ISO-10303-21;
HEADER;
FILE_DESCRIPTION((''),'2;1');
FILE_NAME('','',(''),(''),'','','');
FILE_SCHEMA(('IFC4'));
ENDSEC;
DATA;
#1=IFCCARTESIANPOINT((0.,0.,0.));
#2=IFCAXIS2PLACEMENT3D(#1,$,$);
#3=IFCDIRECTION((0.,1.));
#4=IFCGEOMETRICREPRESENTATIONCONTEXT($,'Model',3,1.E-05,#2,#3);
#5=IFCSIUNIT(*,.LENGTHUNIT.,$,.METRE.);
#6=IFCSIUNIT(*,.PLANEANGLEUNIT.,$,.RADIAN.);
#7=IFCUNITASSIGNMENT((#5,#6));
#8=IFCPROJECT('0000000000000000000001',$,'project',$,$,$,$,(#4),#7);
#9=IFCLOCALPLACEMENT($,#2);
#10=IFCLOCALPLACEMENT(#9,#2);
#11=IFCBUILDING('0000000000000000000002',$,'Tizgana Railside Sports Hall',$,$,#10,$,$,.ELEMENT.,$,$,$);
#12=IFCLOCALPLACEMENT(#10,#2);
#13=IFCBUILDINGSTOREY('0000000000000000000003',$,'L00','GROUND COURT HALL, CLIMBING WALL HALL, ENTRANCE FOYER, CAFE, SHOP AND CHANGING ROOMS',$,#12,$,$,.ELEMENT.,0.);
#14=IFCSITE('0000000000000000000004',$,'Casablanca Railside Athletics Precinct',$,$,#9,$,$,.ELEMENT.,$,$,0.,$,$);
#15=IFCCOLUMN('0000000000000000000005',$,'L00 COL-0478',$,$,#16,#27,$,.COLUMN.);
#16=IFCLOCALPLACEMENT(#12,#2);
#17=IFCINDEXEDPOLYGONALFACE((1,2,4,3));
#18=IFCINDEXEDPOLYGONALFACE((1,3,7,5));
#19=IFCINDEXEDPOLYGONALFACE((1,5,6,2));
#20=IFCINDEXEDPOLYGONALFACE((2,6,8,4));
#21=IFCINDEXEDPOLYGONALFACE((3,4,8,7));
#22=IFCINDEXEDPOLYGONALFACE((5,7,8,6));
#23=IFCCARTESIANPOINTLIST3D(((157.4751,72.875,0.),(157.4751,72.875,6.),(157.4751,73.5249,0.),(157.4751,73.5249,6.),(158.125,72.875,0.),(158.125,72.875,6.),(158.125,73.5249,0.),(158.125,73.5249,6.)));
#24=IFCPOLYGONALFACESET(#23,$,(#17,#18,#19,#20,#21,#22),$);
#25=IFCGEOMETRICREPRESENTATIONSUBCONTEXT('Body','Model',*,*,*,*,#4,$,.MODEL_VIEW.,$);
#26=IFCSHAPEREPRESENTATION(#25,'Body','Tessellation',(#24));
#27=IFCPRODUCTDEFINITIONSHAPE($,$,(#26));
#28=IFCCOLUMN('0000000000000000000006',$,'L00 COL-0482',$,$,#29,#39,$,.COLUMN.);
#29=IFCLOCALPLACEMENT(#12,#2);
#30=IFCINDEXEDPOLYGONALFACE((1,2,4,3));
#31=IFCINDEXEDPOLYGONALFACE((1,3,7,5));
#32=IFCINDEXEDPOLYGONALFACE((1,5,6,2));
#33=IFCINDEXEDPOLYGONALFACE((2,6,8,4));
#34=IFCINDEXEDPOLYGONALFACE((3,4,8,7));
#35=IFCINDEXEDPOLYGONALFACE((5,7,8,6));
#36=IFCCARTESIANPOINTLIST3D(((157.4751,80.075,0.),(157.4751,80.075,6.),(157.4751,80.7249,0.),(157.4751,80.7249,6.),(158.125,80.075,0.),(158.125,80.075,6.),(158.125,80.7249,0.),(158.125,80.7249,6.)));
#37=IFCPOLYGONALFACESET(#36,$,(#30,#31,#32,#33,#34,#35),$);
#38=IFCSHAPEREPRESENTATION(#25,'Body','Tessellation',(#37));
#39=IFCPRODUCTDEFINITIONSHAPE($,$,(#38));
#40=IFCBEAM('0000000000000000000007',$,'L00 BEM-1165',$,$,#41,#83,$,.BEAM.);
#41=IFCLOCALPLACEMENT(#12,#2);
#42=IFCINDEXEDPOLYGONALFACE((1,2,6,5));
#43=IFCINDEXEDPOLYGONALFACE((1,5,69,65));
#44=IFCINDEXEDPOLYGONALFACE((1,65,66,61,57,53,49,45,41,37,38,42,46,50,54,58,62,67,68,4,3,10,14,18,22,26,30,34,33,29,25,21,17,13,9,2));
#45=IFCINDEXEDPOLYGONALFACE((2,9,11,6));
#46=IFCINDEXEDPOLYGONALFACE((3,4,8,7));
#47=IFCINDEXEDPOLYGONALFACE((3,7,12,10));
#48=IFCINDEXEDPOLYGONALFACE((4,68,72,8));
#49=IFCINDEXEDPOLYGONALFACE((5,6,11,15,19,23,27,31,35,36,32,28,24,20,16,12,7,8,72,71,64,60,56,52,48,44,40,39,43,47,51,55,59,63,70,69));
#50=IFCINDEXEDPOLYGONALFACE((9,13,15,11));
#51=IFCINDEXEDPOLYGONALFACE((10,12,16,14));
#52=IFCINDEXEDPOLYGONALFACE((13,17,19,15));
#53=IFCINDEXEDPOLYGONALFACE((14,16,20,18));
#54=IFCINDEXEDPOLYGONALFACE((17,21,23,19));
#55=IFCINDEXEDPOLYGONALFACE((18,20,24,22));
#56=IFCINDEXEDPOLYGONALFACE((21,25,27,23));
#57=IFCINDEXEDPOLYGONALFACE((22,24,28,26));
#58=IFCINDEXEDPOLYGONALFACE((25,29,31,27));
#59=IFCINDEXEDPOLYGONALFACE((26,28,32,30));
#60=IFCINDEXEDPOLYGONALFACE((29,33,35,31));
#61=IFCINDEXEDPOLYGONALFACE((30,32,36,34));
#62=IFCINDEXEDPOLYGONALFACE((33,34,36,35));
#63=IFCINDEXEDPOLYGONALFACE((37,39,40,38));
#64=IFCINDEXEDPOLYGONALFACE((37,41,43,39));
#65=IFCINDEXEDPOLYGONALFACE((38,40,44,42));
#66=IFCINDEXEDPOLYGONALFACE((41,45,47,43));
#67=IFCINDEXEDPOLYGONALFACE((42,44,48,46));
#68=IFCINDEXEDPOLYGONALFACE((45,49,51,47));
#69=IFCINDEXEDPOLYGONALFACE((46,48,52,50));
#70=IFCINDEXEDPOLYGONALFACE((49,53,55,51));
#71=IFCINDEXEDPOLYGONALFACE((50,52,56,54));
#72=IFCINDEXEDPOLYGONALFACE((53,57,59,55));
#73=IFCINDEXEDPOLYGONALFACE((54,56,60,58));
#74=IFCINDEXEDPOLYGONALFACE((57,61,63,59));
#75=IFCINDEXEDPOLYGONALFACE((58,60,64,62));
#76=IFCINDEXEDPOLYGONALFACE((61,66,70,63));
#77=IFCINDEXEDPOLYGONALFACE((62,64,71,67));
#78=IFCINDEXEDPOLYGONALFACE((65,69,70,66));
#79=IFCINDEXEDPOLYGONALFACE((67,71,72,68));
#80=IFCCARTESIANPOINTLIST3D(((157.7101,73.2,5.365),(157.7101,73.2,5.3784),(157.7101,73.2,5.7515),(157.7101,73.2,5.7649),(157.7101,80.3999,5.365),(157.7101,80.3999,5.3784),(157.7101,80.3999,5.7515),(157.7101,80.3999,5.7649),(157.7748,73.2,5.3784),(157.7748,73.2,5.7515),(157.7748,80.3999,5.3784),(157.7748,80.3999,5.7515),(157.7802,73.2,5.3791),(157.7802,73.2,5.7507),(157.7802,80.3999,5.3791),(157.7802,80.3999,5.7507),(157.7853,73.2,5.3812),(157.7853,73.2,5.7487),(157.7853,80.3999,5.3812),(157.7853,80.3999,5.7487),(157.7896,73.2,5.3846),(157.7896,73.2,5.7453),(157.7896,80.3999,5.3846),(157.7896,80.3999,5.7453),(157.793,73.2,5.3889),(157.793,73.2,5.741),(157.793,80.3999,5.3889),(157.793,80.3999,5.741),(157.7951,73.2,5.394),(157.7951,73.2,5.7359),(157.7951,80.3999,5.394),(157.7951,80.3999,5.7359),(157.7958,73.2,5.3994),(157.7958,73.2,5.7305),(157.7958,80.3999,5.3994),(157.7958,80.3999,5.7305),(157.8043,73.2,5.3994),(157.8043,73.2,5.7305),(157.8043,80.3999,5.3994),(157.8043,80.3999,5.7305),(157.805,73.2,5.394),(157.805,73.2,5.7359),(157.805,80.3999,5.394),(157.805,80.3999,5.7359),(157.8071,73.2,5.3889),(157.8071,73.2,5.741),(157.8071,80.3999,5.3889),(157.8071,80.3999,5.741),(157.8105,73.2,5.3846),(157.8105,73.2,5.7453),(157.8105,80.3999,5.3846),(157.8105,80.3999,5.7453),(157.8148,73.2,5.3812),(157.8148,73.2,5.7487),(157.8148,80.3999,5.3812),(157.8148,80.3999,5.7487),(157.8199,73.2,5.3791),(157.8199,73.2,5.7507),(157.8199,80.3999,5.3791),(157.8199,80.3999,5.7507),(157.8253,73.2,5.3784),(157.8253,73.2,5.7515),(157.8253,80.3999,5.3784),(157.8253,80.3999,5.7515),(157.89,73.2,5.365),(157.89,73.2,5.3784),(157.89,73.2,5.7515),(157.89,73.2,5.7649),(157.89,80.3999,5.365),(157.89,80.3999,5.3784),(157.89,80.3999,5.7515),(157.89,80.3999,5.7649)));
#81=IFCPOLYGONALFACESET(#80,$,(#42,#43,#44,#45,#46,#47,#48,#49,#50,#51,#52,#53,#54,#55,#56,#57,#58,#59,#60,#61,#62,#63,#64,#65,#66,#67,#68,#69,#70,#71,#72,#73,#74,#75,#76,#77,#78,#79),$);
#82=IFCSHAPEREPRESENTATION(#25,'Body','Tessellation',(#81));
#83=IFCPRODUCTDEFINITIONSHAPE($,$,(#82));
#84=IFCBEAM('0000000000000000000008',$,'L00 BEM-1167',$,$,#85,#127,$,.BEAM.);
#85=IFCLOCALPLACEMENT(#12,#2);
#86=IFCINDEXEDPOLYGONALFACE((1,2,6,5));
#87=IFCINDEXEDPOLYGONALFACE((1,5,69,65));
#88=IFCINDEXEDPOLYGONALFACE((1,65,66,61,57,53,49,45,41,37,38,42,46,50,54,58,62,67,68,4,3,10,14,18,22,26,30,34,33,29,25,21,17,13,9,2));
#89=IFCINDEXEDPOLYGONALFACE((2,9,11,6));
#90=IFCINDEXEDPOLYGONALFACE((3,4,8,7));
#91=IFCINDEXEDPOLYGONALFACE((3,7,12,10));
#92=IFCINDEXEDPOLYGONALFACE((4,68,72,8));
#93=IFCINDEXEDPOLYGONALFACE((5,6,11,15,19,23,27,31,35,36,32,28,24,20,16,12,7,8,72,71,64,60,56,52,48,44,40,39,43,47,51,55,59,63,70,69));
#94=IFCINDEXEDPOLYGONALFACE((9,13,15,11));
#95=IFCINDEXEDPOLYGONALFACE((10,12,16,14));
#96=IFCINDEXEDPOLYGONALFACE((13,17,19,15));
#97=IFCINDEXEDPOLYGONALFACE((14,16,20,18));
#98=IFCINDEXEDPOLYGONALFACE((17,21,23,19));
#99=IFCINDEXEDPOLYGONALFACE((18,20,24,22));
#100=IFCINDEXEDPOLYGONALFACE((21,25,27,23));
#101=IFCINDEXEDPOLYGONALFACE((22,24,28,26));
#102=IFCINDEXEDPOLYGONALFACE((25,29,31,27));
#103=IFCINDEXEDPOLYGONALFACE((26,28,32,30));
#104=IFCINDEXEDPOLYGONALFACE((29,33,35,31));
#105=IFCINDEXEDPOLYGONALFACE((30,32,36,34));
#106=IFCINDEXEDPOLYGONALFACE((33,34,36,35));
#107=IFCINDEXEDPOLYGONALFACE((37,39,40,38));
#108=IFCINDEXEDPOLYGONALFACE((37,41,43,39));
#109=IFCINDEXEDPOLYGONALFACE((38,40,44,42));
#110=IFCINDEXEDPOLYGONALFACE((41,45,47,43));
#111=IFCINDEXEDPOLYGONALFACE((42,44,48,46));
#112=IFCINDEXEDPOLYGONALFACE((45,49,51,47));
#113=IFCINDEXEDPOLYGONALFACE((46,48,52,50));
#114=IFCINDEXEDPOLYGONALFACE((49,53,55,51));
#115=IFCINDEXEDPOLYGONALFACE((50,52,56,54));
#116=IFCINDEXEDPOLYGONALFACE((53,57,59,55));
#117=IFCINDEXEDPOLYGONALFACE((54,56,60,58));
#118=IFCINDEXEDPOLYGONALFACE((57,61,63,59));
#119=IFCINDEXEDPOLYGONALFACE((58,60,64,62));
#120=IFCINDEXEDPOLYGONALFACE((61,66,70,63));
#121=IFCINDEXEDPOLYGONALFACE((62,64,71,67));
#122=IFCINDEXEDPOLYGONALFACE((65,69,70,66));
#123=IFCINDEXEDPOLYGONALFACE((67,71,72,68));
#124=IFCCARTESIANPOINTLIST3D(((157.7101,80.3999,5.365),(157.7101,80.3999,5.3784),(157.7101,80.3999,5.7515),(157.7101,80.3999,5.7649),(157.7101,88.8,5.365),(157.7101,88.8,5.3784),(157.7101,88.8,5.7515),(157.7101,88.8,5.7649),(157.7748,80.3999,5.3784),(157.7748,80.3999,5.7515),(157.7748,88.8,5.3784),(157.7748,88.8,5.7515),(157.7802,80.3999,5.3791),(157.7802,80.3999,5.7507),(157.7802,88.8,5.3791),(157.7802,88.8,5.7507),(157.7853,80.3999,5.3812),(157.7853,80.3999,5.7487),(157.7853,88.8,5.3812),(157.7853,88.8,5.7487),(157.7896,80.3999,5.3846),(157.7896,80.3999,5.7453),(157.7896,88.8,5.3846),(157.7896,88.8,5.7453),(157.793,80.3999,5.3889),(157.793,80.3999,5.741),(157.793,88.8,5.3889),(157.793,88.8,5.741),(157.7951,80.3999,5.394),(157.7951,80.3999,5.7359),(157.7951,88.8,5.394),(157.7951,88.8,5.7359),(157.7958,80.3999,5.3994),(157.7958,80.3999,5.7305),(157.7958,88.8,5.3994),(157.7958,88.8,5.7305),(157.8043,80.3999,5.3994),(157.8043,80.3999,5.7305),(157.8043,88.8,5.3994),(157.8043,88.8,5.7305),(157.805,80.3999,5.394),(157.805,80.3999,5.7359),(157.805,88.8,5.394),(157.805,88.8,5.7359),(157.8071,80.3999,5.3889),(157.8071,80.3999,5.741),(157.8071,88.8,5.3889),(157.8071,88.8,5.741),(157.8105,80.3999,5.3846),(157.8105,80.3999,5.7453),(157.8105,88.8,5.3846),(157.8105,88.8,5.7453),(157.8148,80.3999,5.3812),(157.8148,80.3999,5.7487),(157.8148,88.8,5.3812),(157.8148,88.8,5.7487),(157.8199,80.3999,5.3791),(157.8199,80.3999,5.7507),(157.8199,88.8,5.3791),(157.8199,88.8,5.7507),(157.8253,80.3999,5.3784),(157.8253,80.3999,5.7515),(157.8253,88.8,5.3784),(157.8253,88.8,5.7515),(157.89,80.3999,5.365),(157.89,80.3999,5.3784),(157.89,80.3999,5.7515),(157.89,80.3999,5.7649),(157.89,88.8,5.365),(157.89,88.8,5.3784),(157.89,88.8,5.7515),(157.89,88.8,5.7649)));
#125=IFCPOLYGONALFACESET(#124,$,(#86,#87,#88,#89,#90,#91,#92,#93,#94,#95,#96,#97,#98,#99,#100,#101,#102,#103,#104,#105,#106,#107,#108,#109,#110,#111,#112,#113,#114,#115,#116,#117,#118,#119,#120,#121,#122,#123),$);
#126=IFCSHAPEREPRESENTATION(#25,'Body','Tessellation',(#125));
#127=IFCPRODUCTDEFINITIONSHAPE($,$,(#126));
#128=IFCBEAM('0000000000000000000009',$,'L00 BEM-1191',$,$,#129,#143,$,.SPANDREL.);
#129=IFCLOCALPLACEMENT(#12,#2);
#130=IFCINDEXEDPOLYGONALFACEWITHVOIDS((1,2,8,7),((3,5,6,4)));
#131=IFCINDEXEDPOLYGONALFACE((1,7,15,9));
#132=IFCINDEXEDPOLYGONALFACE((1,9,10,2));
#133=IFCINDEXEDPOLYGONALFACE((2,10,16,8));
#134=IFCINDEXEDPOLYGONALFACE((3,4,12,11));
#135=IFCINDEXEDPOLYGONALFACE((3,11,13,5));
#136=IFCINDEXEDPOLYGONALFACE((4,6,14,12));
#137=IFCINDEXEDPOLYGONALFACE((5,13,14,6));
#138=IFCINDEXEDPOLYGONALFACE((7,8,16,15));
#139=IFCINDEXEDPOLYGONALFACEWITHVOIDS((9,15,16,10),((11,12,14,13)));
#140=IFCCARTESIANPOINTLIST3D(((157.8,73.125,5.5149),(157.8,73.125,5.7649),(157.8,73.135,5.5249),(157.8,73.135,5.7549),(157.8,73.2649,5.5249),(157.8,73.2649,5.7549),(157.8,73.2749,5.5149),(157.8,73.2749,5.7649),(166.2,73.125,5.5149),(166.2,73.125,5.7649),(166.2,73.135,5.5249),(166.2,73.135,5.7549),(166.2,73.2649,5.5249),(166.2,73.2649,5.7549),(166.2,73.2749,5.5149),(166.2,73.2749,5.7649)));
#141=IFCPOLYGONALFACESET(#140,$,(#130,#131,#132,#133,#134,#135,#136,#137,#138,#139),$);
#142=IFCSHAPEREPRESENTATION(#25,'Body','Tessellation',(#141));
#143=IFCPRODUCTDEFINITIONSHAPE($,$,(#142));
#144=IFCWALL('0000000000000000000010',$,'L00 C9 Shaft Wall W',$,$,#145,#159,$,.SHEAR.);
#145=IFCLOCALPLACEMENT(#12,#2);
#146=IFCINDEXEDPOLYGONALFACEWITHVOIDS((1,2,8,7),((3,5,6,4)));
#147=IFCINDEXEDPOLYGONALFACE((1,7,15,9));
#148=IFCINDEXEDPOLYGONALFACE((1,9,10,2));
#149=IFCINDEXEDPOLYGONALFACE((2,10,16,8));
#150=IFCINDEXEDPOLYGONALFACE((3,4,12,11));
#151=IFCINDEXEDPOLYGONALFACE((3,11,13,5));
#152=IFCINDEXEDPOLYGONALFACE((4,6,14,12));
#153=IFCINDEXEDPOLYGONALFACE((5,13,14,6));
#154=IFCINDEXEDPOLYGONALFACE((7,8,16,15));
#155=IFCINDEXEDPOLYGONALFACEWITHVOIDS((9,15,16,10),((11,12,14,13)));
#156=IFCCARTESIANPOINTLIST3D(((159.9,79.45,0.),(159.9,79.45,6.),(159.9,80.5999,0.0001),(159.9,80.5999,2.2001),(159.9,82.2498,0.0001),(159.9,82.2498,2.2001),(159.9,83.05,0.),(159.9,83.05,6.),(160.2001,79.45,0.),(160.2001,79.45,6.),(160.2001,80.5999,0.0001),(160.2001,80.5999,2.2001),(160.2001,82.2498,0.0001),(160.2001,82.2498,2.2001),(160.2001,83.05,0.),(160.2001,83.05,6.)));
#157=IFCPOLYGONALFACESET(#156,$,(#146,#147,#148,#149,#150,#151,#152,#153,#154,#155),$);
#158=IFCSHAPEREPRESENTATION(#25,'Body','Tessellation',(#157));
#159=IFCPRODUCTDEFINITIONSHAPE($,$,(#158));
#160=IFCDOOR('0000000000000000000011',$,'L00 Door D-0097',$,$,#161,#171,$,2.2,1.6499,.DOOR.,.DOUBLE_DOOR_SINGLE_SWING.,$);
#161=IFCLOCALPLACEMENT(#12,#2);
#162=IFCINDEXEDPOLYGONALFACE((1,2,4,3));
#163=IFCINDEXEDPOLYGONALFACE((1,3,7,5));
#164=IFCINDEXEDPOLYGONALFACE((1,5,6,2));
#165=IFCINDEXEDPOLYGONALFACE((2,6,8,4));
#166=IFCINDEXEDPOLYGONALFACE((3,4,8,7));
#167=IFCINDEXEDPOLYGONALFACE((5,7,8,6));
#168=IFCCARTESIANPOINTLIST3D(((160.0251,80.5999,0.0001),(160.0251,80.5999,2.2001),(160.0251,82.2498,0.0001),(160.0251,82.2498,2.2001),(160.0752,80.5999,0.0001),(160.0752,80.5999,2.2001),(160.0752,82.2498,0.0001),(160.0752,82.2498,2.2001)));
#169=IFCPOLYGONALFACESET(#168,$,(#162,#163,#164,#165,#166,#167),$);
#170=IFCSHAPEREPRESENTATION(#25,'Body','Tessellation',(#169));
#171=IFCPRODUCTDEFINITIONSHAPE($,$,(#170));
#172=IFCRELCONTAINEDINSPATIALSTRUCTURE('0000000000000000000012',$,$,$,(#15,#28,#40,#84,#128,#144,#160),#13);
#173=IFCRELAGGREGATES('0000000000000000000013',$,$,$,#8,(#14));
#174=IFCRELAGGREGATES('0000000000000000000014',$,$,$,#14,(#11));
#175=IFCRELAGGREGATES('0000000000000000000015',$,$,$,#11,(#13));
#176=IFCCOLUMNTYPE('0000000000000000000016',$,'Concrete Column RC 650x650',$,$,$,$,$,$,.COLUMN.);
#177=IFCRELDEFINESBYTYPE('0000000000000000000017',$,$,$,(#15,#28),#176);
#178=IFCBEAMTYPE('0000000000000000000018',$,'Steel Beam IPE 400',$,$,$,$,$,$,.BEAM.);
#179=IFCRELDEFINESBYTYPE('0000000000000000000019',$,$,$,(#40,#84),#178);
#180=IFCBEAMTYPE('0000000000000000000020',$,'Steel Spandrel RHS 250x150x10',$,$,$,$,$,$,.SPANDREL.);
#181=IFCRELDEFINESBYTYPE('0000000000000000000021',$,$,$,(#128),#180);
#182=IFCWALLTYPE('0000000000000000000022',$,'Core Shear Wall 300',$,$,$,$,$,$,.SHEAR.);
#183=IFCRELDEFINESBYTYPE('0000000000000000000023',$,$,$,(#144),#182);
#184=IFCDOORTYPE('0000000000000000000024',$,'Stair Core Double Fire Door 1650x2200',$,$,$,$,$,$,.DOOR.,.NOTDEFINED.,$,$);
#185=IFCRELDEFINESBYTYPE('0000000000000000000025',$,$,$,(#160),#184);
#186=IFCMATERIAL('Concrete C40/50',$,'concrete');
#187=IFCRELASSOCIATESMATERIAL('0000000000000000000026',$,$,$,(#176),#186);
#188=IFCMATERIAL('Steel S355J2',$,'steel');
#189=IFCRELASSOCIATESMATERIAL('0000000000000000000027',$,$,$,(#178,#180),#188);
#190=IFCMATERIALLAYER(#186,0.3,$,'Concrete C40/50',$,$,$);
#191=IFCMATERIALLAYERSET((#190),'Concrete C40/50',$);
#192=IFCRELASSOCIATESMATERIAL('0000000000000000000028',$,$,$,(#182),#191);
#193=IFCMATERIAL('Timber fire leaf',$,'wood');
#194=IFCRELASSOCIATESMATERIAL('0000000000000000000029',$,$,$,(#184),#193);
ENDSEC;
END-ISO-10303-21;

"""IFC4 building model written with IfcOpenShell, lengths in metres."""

from ifc_helpers import new_model, si_unit, direction, frame, frame_2d, origin, origin_2d, place, context, subcontext, project, spatial, rectangle, hollow_rectangle, i_section, extrude, material, layer, layer_set, material_profile, profile_set, type_object, element, fill, save


model = new_model("IFC4")

# Units and contexts
model_context = context("Model", 3, precision=1e-05, world=origin(), true_north=direction((0.0, 1.0)))
body_context = subcontext(model_context, "Body", "Model", "MODEL_VIEW")
ifc_project = project(units=[si_unit("LENGTHUNIT", "METRE"), si_unit("PLANEANGLEUNIT", "RADIAN")], contexts=[model_context])

# Site, building, storey
site_placement = place(None, origin())
site = spatial("IfcSite", under=ifc_project, at=site_placement, Name="Casablanca Railside Athletics Precinct", CompositionType="ELEMENT", RefElevation=0.0)
building_placement = place(site_placement, origin())
building = spatial("IfcBuilding", under=site, at=building_placement, Name="Tizgana Railside Sports Hall", CompositionType="ELEMENT")
storey_placement = place(building_placement, origin())
storey = spatial("IfcBuildingStorey", under=building, at=storey_placement, Name="L00", Description="GROUND COURT HALL, CLIMBING WALL HALL, ENTRANCE FOYER, CAFE, SHOP AND CHANGING ROOMS", CompositionType="ELEMENT", Elevation=0.0)

# Columns
ifc_material_1 = material(Name="Concrete C40/50", Category="concrete")
ifc_material_profile_1 = material_profile(ifc_material_1, rectangle(XDim=0.6499, YDim=0.6499, at=origin_2d()), Name="RC 650x650")
ifc_profile_set_1 = profile_set([ifc_material_profile_1], Name="Concrete C40/50")
column_type = type_object("IfcColumnType", Name="Concrete Column RC 650x650", PredefinedType="COLUMN", material=ifc_profile_set_1)
for number, where, z_axis, x_axis, name in (
    (1, (157.8, 73.2, 0.0), (0.0, 0.0, 1.0), (1.0, 0.0, 0.0), "L00 COL-0478"),
    (2, (157.8, 80.3999, 0.0), (0.0, 0.0, 1.0), (1.0, 0.0, 0.0), "L00 COL-0482"),
):
    element("IfcColumn", number, at=place(storey_placement, frame(where, z_axis=z_axis, x_axis=x_axis)), inside=storey, type_object=column_type, Name=name, PredefinedType="COLUMN", context=body_context, shape_type="SweptSolid", body=[
        extrude(rectangle(XDim=0.6499, YDim=0.6499, at=origin_2d()), origin(), (0.0, 0.0, 1.0), 6.0),
    ])

# Beams
ifc_material_2 = material(Name="Steel S355J2", Category="steel")
ifc_material_profile_2 = material_profile(ifc_material_2, i_section(OverallWidth=0.1799, OverallDepth=0.3999, WebThickness=0.0085, FlangeThickness=0.0134, FilletRadius=0.021, at=origin_2d()), Name="IPE 400")
ifc_profile_set_2 = profile_set([ifc_material_profile_2], Name="Steel S355J2")
beam_type_1 = type_object("IfcBeamType", Name="Steel Beam IPE 400", PredefinedType="BEAM", material=ifc_profile_set_2)
beam_1_placement = place(storey_placement, frame((157.8, 73.2, 5.5649), z_axis=(0.0, 1.0, 0.0), x_axis=(-1.0, 0.0, 0.0)))
element("IfcBeam", 3, at=beam_1_placement, inside=storey, type_object=beam_type_1, Name="L00 BEM-1165", PredefinedType="BEAM", context=body_context, shape_type="SweptSolid", body=[
    extrude(i_section(OverallWidth=0.1799, OverallDepth=0.3999, WebThickness=0.0085, FlangeThickness=0.0134, FilletRadius=0.021, at=origin_2d()), origin(), (0.0, 0.0, 1.0), 7.2),
])
beam_2_placement = place(storey_placement, frame((157.8, 80.3999, 5.5649), z_axis=(0.0, 1.0, 0.0), x_axis=(-1.0, 0.0, 0.0)))
element("IfcBeam", 4, at=beam_2_placement, inside=storey, type_object=beam_type_1, Name="L00 BEM-1167", PredefinedType="BEAM", context=body_context, shape_type="SweptSolid", body=[
    extrude(i_section(OverallWidth=0.1799, OverallDepth=0.3999, WebThickness=0.0085, FlangeThickness=0.0134, FilletRadius=0.021, at=origin_2d()), origin(), (0.0, 0.0, 1.0), 8.4001),
])
ifc_material_profile_3 = material_profile(ifc_material_2, hollow_rectangle(XDim=0.1499, YDim=0.25, WallThickness=0.01, at=origin_2d()), Name="RHS 250x150x10")
ifc_profile_set_3 = profile_set([ifc_material_profile_3], Name="Steel S355J2")
beam_type_2 = type_object("IfcBeamType", Name="Steel Spandrel RHS 250x150x10", PredefinedType="SPANDREL", material=ifc_profile_set_3)
beam_3_placement = place(storey_placement, frame((157.8, 73.2, 5.6399), z_axis=(1.0, 0.0, 0.0), x_axis=(0.0, 1.0, 0.0)))
element("IfcBeam", 5, at=beam_3_placement, inside=storey, type_object=beam_type_2, Name="L00 BEM-1191", PredefinedType="SPANDREL", context=body_context, shape_type="SweptSolid", body=[
    extrude(hollow_rectangle(XDim=0.1499, YDim=0.25, WallThickness=0.01, at=origin_2d()), origin(), (0.0, 0.0, 1.0), 8.3999),
])

# Wall, opening, door
ifc_layer_1 = layer(ifc_material_1, 0.3, Name="Concrete C40/50")
ifc_layer_set_1 = layer_set([ifc_layer_1], Name="Concrete C40/50")
wall_type_1 = type_object("IfcWallType", Name="Core Shear Wall 300", PredefinedType="SHEAR", material=ifc_layer_set_1)
wall_1_placement = place(storey_placement, frame((160.05, 79.45, 0.0), z_axis=(0.0, 0.0, 1.0), x_axis=(0.0, 1.0, 0.0)))
wall_1 = element("IfcWall", 6, at=wall_1_placement, inside=storey, type_object=wall_type_1, Name="L00 C9 Shaft Wall W", PredefinedType="SHEAR", context=body_context, shape_type="SweptSolid", body=[
    extrude(rectangle(XDim=3.6001, YDim=0.3, at=frame_2d((1.8, 0.0))), origin(), (0.0, 0.0, 1.0), 6.0),
])
opening_1_placement = place(wall_1_placement, frame((1.1499, 0.0, 0.0)))
opening_1 = element("IfcOpeningElement", 7, at=opening_1_placement, cuts=wall_1, PredefinedType="OPENING", context=body_context, shape_type="SweptSolid", body=[
    extrude(rectangle(XDim=1.6499, YDim=2.2, at=frame_2d((0.825, 1.1001))), frame((0.0, 0.1599, 0.0), z_axis=(0.0, -1.0, 0.0), x_axis=(1.0, 0.0, 0.0)), (0.0, 0.0, 1.0), 0.3201),
])
ifc_material_3 = material(Name="Timber fire leaf", Category="wood")
door_type = type_object("IfcDoorType", Name="Stair Core Double Fire Door 1650x2200", OperationType="NOTDEFINED", PredefinedType="DOOR", material=ifc_material_3)
door_placement = place(opening_1_placement, origin())
door = element("IfcDoor", 8, at=door_placement, inside=storey, type_object=door_type, Name="L00 Door D-0097", OperationType="DOUBLE_DOOR_SINGLE_SWING", OverallHeight=2.2, OverallWidth=1.6499, PredefinedType="DOOR", context=body_context, shape_type="SweptSolid", body=[
    extrude(rectangle(XDim=1.6499, YDim=2.2, at=frame_2d((0.825, 1.1001))), frame((0.0, 0.0249, 0.0), z_axis=(0.0, -1.0, 0.0), x_axis=(1.0, 0.0, 0.0)), (0.0, 0.0, 1.0), 0.05),
])
fill(opening_1, door)

save(model, "model.ifc")
